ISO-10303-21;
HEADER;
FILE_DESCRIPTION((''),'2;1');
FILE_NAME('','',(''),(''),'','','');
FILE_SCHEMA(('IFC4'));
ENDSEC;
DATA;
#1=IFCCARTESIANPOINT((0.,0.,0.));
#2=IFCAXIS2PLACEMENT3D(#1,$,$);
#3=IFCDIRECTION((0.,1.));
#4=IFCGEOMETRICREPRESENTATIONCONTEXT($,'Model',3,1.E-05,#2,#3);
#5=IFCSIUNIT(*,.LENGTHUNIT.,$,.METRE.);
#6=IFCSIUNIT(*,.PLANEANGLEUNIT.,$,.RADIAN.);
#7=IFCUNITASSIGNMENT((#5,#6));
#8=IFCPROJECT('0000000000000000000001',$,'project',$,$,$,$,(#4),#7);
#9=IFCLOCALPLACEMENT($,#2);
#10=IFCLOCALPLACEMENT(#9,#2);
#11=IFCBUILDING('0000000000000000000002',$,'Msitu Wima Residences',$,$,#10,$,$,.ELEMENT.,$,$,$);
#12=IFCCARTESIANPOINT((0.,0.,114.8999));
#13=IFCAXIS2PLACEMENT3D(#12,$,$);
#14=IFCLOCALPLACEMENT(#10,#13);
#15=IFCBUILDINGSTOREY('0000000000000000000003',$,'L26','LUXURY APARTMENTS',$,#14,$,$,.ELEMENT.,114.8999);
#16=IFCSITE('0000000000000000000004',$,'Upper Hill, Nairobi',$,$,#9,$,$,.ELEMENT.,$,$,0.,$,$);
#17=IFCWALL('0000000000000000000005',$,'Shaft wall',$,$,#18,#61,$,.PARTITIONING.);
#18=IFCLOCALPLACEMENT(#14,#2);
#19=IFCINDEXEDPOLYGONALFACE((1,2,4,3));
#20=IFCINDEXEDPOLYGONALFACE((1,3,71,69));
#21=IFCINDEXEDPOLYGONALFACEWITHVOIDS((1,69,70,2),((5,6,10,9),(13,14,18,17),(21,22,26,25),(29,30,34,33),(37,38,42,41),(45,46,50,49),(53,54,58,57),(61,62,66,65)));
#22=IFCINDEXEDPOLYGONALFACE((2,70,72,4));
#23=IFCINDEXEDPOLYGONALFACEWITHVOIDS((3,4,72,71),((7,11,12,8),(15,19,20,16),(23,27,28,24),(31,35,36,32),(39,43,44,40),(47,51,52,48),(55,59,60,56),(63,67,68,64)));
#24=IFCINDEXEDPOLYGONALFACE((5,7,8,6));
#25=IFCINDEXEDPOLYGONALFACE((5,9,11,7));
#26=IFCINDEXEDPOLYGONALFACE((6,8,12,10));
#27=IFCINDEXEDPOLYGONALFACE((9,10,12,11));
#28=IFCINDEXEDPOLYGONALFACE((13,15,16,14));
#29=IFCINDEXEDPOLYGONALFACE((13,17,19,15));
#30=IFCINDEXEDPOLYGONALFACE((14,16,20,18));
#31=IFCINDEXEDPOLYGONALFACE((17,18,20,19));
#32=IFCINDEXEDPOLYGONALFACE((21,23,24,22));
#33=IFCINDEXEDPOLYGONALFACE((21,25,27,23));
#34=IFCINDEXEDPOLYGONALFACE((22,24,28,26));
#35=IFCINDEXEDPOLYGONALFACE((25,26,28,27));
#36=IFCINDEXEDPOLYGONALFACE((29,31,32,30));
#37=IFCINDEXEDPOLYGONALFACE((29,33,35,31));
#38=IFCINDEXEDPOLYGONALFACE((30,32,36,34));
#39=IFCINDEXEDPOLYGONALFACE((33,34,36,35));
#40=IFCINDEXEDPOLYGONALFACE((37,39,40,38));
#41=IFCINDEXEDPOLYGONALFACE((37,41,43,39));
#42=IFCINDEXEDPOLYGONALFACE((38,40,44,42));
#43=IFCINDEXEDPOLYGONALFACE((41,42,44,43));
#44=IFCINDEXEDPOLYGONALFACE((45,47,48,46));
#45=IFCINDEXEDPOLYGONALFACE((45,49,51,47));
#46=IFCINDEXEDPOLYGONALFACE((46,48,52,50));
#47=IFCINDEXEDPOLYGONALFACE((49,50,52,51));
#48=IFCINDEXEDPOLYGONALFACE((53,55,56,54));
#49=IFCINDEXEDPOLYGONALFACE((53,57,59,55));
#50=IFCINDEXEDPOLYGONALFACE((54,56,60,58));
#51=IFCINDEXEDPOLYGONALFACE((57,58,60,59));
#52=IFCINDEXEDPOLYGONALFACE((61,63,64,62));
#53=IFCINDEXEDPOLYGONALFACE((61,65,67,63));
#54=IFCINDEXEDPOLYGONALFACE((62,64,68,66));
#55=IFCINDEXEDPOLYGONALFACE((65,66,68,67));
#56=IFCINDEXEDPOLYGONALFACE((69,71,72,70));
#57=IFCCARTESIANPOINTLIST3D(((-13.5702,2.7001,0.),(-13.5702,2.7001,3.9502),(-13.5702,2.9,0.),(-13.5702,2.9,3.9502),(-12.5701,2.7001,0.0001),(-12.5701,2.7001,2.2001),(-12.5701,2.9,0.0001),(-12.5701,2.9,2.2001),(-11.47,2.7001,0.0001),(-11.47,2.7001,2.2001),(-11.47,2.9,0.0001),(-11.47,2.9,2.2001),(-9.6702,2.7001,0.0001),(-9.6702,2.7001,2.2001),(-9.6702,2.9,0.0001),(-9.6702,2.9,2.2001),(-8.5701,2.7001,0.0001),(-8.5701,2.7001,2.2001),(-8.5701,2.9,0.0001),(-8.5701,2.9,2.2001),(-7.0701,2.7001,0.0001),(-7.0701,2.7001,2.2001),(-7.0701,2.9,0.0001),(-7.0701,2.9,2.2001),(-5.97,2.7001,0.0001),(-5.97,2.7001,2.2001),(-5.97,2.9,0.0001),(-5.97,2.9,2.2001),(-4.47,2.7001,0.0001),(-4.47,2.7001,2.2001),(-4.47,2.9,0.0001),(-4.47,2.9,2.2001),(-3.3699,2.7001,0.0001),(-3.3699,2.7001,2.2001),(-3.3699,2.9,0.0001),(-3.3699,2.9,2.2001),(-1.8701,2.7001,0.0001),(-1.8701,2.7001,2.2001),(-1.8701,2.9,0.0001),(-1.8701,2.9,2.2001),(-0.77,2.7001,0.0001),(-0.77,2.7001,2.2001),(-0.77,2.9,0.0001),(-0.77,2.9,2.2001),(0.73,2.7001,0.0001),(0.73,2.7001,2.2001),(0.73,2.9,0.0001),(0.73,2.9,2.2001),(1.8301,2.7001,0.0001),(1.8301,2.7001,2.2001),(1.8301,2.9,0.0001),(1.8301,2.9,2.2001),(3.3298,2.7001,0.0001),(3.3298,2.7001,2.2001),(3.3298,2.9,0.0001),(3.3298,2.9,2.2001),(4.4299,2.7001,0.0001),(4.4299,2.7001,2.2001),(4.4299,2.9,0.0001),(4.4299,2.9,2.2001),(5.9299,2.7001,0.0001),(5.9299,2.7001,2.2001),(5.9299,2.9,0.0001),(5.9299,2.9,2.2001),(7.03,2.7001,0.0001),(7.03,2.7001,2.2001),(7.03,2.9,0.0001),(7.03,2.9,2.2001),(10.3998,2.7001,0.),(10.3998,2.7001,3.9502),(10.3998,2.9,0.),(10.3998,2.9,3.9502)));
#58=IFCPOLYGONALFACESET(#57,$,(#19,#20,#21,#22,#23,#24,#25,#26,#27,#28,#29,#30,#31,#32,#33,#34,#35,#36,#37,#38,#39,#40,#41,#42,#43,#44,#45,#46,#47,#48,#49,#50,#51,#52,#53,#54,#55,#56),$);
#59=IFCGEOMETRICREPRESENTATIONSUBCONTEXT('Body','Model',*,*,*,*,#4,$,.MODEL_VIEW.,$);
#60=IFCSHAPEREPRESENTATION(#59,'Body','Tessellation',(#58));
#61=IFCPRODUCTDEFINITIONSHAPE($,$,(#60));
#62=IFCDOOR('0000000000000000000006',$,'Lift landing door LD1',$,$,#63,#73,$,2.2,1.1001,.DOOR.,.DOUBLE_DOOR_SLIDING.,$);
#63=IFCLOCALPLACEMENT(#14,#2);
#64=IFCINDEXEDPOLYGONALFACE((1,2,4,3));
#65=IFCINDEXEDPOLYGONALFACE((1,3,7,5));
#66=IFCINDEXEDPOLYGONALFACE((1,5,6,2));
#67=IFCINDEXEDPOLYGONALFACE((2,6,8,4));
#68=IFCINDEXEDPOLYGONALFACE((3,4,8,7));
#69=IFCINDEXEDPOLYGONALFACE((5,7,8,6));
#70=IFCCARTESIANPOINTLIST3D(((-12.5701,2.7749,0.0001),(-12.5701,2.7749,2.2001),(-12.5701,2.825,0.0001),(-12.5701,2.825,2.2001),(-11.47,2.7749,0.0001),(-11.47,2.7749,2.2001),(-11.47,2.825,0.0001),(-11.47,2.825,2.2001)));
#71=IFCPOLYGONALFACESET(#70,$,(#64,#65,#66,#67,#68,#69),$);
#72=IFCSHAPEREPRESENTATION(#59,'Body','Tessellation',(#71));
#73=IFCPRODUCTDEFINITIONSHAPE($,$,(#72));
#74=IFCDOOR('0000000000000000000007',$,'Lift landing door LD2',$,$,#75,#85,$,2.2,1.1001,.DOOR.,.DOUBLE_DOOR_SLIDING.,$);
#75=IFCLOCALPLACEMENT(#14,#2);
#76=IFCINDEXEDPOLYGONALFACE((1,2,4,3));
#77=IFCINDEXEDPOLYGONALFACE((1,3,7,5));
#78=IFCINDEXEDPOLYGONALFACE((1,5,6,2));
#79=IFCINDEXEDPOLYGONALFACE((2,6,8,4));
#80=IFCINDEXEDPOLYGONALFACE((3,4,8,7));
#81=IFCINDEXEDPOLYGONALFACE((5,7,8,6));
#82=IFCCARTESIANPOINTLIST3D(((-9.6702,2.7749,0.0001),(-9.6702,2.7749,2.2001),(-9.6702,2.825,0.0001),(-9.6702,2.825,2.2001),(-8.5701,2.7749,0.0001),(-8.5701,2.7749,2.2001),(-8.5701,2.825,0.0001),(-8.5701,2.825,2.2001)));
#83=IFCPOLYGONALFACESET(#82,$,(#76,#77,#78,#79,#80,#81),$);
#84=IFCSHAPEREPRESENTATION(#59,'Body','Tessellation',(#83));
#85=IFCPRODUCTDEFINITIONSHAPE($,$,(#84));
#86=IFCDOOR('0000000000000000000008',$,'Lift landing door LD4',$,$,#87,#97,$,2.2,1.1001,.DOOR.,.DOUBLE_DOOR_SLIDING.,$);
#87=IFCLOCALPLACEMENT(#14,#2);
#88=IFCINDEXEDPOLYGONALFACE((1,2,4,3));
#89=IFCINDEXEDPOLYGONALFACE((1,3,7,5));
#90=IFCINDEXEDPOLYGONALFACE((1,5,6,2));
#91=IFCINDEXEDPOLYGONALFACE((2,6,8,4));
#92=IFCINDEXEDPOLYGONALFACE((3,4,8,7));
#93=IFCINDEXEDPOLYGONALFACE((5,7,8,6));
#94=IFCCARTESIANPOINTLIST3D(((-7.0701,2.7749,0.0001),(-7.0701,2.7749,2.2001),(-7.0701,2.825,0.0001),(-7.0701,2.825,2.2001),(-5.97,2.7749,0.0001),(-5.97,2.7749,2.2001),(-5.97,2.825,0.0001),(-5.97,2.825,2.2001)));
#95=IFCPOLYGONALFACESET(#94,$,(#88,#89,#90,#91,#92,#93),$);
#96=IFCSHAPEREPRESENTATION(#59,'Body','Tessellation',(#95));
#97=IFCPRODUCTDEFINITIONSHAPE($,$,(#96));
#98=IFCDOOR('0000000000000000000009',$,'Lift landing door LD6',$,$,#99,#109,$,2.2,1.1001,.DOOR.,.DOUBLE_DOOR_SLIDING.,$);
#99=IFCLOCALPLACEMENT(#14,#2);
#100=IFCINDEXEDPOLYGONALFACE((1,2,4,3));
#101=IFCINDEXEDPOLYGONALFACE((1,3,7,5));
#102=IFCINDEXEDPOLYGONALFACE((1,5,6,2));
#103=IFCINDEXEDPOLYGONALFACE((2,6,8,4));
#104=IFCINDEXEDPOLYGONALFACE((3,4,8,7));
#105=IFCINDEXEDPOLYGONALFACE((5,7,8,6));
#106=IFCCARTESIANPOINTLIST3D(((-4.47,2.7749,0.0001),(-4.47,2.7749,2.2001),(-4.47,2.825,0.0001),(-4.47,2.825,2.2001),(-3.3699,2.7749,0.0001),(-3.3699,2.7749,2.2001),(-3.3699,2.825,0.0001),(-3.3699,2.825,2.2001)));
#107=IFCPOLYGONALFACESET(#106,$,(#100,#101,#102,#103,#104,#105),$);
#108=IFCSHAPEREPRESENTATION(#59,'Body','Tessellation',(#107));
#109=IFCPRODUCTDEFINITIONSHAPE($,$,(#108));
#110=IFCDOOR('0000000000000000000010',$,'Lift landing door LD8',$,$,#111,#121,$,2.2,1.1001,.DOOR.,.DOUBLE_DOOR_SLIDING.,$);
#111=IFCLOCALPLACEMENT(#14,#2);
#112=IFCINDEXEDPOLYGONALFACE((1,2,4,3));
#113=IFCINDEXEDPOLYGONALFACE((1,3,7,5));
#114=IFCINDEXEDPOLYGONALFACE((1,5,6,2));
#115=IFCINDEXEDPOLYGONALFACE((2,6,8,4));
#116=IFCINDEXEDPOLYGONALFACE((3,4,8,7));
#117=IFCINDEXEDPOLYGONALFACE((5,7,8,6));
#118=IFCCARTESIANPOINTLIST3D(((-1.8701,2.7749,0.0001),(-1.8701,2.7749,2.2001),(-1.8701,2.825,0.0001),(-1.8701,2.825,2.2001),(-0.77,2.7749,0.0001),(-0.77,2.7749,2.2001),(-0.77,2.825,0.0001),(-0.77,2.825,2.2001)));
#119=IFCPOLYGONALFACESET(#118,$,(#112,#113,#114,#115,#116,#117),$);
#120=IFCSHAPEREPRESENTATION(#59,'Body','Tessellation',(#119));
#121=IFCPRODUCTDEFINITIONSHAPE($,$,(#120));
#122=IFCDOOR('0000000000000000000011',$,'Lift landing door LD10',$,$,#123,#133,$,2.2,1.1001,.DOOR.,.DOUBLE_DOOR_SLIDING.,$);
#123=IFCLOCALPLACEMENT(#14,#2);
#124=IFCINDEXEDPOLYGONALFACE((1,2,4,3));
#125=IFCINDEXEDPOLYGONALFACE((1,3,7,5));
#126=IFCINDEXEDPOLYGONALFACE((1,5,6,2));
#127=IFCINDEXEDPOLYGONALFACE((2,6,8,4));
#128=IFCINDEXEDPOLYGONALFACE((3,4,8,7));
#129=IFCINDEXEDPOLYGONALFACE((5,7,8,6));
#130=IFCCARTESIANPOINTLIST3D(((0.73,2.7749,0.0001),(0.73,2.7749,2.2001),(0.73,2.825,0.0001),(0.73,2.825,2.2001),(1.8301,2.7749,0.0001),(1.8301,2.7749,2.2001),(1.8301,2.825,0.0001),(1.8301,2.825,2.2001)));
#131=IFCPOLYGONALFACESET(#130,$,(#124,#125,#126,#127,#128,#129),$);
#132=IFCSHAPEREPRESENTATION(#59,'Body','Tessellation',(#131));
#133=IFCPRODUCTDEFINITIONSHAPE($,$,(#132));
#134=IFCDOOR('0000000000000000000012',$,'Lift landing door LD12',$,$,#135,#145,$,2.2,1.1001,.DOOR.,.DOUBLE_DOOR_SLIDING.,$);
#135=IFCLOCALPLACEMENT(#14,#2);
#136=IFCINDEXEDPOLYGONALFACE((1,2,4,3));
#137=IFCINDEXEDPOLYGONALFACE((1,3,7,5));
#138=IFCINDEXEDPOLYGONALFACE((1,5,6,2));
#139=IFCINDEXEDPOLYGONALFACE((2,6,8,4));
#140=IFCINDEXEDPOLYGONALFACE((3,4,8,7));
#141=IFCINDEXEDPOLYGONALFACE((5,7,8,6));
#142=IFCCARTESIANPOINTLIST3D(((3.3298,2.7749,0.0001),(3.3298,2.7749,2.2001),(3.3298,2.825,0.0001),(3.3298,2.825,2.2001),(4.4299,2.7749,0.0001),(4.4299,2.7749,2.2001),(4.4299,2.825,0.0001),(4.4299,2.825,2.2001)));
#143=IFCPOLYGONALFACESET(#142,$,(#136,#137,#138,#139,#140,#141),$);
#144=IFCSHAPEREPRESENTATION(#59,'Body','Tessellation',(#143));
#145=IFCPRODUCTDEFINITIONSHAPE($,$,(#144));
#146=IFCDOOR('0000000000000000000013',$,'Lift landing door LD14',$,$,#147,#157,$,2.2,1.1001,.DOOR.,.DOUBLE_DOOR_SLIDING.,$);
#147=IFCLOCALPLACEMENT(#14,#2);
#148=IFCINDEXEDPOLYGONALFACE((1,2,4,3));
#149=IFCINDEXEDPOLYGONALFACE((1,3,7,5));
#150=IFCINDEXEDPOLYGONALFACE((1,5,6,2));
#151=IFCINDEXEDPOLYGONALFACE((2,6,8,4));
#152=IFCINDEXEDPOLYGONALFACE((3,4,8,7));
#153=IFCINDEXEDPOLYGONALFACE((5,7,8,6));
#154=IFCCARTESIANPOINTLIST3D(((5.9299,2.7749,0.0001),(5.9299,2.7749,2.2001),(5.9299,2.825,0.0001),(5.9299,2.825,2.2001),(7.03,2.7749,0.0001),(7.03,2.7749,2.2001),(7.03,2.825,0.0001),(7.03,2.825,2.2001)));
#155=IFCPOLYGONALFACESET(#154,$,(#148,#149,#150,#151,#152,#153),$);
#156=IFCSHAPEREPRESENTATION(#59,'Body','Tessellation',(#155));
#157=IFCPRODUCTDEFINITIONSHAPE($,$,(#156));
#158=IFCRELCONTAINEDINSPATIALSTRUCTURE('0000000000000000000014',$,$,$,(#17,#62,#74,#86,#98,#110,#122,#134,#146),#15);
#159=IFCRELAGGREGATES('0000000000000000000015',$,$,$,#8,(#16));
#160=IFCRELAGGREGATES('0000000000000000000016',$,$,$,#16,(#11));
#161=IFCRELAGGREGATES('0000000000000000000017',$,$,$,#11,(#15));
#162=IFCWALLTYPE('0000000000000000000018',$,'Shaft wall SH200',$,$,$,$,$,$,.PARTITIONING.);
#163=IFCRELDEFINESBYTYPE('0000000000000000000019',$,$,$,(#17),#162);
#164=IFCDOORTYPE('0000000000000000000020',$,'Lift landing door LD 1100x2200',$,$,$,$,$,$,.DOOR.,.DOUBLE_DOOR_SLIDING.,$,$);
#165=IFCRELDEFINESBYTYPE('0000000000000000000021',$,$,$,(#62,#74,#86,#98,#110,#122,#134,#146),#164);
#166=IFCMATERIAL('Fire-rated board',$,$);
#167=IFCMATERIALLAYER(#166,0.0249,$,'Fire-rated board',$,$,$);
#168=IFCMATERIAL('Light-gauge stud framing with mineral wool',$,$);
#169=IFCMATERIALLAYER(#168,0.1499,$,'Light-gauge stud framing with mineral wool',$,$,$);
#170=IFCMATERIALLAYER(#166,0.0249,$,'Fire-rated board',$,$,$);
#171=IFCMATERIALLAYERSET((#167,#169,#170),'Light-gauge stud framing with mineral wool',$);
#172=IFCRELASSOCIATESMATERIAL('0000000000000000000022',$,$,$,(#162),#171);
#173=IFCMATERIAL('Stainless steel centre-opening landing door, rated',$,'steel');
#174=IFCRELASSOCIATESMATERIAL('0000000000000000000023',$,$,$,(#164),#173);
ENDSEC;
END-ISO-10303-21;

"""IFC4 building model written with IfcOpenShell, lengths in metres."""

from ifc_helpers import new_model, si_unit, direction, frame, frame_2d, origin, place, context, subcontext, project, spatial, rectangle, extrude, material, layer, layer_set, type_object, element, fill, save


model = new_model("IFC4")

# Units and contexts
model_context = context("Model", 3, precision=1e-05, world=origin(), true_north=direction((0.0, 1.0)))
body_context = subcontext(model_context, "Body", "Model", "MODEL_VIEW")
ifc_project = project(units=[si_unit("LENGTHUNIT", "METRE"), si_unit("PLANEANGLEUNIT", "RADIAN")], contexts=[model_context])

# Site, building, storey
site_placement = place(None, origin())
site = spatial("IfcSite", under=ifc_project, at=site_placement, Name="Upper Hill, Nairobi", CompositionType="ELEMENT", RefElevation=0.0)
building_placement = place(site_placement, origin())
building = spatial("IfcBuilding", under=site, at=building_placement, Name="Msitu Wima Residences", CompositionType="ELEMENT")
storey_placement = place(building_placement, frame((0.0, 0.0, 114.8999)))
storey = spatial("IfcBuildingStorey", under=building, at=storey_placement, Name="L26", Description="LUXURY APARTMENTS", CompositionType="ELEMENT", Elevation=114.8999)

# Wall, openings, doors
ifc_material_1 = material(Name="Fire-rated board")
ifc_layer_1 = layer(ifc_material_1, 0.0249, Name="Fire-rated board")
ifc_material_2 = material(Name="Light-gauge stud framing with mineral wool")
ifc_layer_2 = layer(ifc_material_2, 0.1499, Name="Light-gauge stud framing with mineral wool")
ifc_layer_3 = layer(ifc_material_1, 0.0249, Name="Fire-rated board")
ifc_layer_set_1 = layer_set([ifc_layer_1, ifc_layer_2, ifc_layer_3], Name="Light-gauge stud framing with mineral wool")
wall_type_1 = type_object("IfcWallType", Name="Shaft wall SH200", PredefinedType="PARTITIONING", material=ifc_layer_set_1)
wall_1_placement = place(storey_placement, frame((-13.5701, 2.8, 0.0), z_axis=(0.0, 0.0, 1.0), x_axis=(1.0, 0.0, 0.0)))
wall_1 = element("IfcWall", 1, at=wall_1_placement, inside=storey, type_object=wall_type_1, Name="Shaft wall", PredefinedType="PARTITIONING", context=body_context, shape_type="SweptSolid", body=[
    extrude(rectangle(XDim=23.97, YDim=0.2, at=frame_2d((11.9849, 0.0))), origin(), (0.0, 0.0, 1.0), 3.9502),
])
opening_1_placement = place(wall_1_placement, frame((1.0, 0.0, 0.0)))
opening_1 = element("IfcOpeningElement", 2, at=opening_1_placement, cuts=wall_1, PredefinedType="OPENING", context=body_context, shape_type="SweptSolid", body=[
    extrude(rectangle(XDim=1.1001, YDim=2.2, at=frame_2d((0.55, 1.1001))), frame((0.0, 0.1099, 0.0), z_axis=(0.0, -1.0, 0.0), x_axis=(1.0, 0.0, 0.0)), (0.0, 0.0, 1.0), 0.22),
])
opening_2_placement = place(wall_1_placement, frame((3.8999, 0.0, 0.0)))
opening_2 = element("IfcOpeningElement", 3, at=opening_2_placement, cuts=wall_1, PredefinedType="OPENING", context=body_context, shape_type="SweptSolid", body=[
    extrude(rectangle(XDim=1.1001, YDim=2.2, at=frame_2d((0.55, 1.1001))), frame((0.0, 0.1099, 0.0), z_axis=(0.0, -1.0, 0.0), x_axis=(1.0, 0.0, 0.0)), (0.0, 0.0, 1.0), 0.22),
])
opening_3_placement = place(wall_1_placement, frame((6.5, 0.0, 0.0)))
opening_3 = element("IfcOpeningElement", 4, at=opening_3_placement, cuts=wall_1, PredefinedType="OPENING", context=body_context, shape_type="SweptSolid", body=[
    extrude(rectangle(XDim=1.1001, YDim=2.2, at=frame_2d((0.55, 1.1001))), frame((0.0, 0.1099, 0.0), z_axis=(0.0, -1.0, 0.0), x_axis=(1.0, 0.0, 0.0)), (0.0, 0.0, 1.0), 0.22),
])
opening_4_placement = place(wall_1_placement, frame((9.1001, 0.0, 0.0)))
opening_4 = element("IfcOpeningElement", 5, at=opening_4_placement, cuts=wall_1, PredefinedType="OPENING", context=body_context, shape_type="SweptSolid", body=[
    extrude(rectangle(XDim=1.1001, YDim=2.2, at=frame_2d((0.55, 1.1001))), frame((0.0, 0.1099, 0.0), z_axis=(0.0, -1.0, 0.0), x_axis=(1.0, 0.0, 0.0)), (0.0, 0.0, 1.0), 0.22),
])
opening_5_placement = place(wall_1_placement, frame((11.7, 0.0, 0.0)))
opening_5 = element("IfcOpeningElement", 6, at=opening_5_placement, cuts=wall_1, PredefinedType="OPENING", context=body_context, shape_type="SweptSolid", body=[
    extrude(rectangle(XDim=1.1001, YDim=2.2, at=frame_2d((0.55, 1.1001))), frame((0.0, 0.1099, 0.0), z_axis=(0.0, -1.0, 0.0), x_axis=(1.0, 0.0, 0.0)), (0.0, 0.0, 1.0), 0.22),
])
opening_6_placement = place(wall_1_placement, frame((14.3, 0.0, 0.0)))
opening_6 = element("IfcOpeningElement", 7, at=opening_6_placement, cuts=wall_1, PredefinedType="OPENING", context=body_context, shape_type="SweptSolid", body=[
    extrude(rectangle(XDim=1.1001, YDim=2.2, at=frame_2d((0.55, 1.1001))), frame((0.0, 0.1099, 0.0), z_axis=(0.0, -1.0, 0.0), x_axis=(1.0, 0.0, 0.0)), (0.0, 0.0, 1.0), 0.22),
])
opening_7_placement = place(wall_1_placement, frame((16.8999, 0.0, 0.0)))
opening_7 = element("IfcOpeningElement", 8, at=opening_7_placement, cuts=wall_1, PredefinedType="OPENING", context=body_context, shape_type="SweptSolid", body=[
    extrude(rectangle(XDim=1.1001, YDim=2.2, at=frame_2d((0.55, 1.1001))), frame((0.0, 0.1099, 0.0), z_axis=(0.0, -1.0, 0.0), x_axis=(1.0, 0.0, 0.0)), (0.0, 0.0, 1.0), 0.22),
])
opening_8_placement = place(wall_1_placement, frame((19.5, 0.0, 0.0)))
opening_8 = element("IfcOpeningElement", 9, at=opening_8_placement, cuts=wall_1, PredefinedType="OPENING", context=body_context, shape_type="SweptSolid", body=[
    extrude(rectangle(XDim=1.1001, YDim=2.2, at=frame_2d((0.55, 1.1001))), frame((0.0, 0.1099, 0.0), z_axis=(0.0, -1.0, 0.0), x_axis=(1.0, 0.0, 0.0)), (0.0, 0.0, 1.0), 0.22),
])
ifc_material_3 = material(Name="Stainless steel centre-opening landing door, rated", Category="steel")
door_type_1 = type_object("IfcDoorType", Name="Lift landing door LD 1100x2200", OperationType="DOUBLE_DOOR_SLIDING", PredefinedType="DOOR", material=ifc_material_3)
door_1_placement = place(opening_1_placement, origin())
door_1 = element("IfcDoor", 10, at=door_1_placement, inside=storey, type_object=door_type_1, Name="Lift landing door LD1", OperationType="DOUBLE_DOOR_SLIDING", OverallHeight=2.2, OverallWidth=1.1001, PredefinedType="DOOR", context=body_context, shape_type="SweptSolid", body=[
    extrude(rectangle(XDim=1.1001, YDim=2.2, at=frame_2d((0.55, 1.1001))), frame((0.0, 0.0249, 0.0), z_axis=(0.0, -1.0, 0.0), x_axis=(1.0, 0.0, 0.0)), (0.0, 0.0, 1.0), 0.05),
])
fill(opening_1, door_1)
door_2_placement = place(opening_2_placement, origin())
door_2 = element("IfcDoor", 11, at=door_2_placement, inside=storey, type_object=door_type_1, Name="Lift landing door LD2", OperationType="DOUBLE_DOOR_SLIDING", OverallHeight=2.2, OverallWidth=1.1001, PredefinedType="DOOR", context=body_context, shape_type="SweptSolid", body=[
    extrude(rectangle(XDim=1.1001, YDim=2.2, at=frame_2d((0.55, 1.1001))), frame((0.0, 0.0249, 0.0), z_axis=(0.0, -1.0, 0.0), x_axis=(1.0, 0.0, 0.0)), (0.0, 0.0, 1.0), 0.05),
])
fill(opening_2, door_2)
door_3_placement = place(opening_3_placement, origin())
door_3 = element("IfcDoor", 12, at=door_3_placement, inside=storey, type_object=door_type_1, Name="Lift landing door LD4", OperationType="DOUBLE_DOOR_SLIDING", OverallHeight=2.2, OverallWidth=1.1001, PredefinedType="DOOR", context=body_context, shape_type="SweptSolid", body=[
    extrude(rectangle(XDim=1.1001, YDim=2.2, at=frame_2d((0.55, 1.1001))), frame((0.0, 0.0249, 0.0), z_axis=(0.0, -1.0, 0.0), x_axis=(1.0, 0.0, 0.0)), (0.0, 0.0, 1.0), 0.05),
])
fill(opening_3, door_3)
door_4_placement = place(opening_4_placement, origin())
door_4 = element("IfcDoor", 13, at=door_4_placement, inside=storey, type_object=door_type_1, Name="Lift landing door LD6", OperationType="DOUBLE_DOOR_SLIDING", OverallHeight=2.2, OverallWidth=1.1001, PredefinedType="DOOR", context=body_context, shape_type="SweptSolid", body=[
    extrude(rectangle(XDim=1.1001, YDim=2.2, at=frame_2d((0.55, 1.1001))), frame((0.0, 0.0249, 0.0), z_axis=(0.0, -1.0, 0.0), x_axis=(1.0, 0.0, 0.0)), (0.0, 0.0, 1.0), 0.05),
])
fill(opening_4, door_4)
door_5_placement = place(opening_5_placement, origin())
door_5 = element("IfcDoor", 14, at=door_5_placement, inside=storey, type_object=door_type_1, Name="Lift landing door LD8", OperationType="DOUBLE_DOOR_SLIDING", OverallHeight=2.2, OverallWidth=1.1001, PredefinedType="DOOR", context=body_context, shape_type="SweptSolid", body=[
    extrude(rectangle(XDim=1.1001, YDim=2.2, at=frame_2d((0.55, 1.1001))), frame((0.0, 0.0249, 0.0), z_axis=(0.0, -1.0, 0.0), x_axis=(1.0, 0.0, 0.0)), (0.0, 0.0, 1.0), 0.05),
])
fill(opening_5, door_5)
door_6_placement = place(opening_6_placement, origin())
door_6 = element("IfcDoor", 15, at=door_6_placement, inside=storey, type_object=door_type_1, Name="Lift landing door LD10", OperationType="DOUBLE_DOOR_SLIDING", OverallHeight=2.2, OverallWidth=1.1001, PredefinedType="DOOR", context=body_context, shape_type="SweptSolid", body=[
    extrude(rectangle(XDim=1.1001, YDim=2.2, at=frame_2d((0.55, 1.1001))), frame((0.0, 0.0249, 0.0), z_axis=(0.0, -1.0, 0.0), x_axis=(1.0, 0.0, 0.0)), (0.0, 0.0, 1.0), 0.05),
])
fill(opening_6, door_6)
door_7_placement = place(opening_7_placement, origin())
door_7 = element("IfcDoor", 16, at=door_7_placement, inside=storey, type_object=door_type_1, Name="Lift landing door LD12", OperationType="DOUBLE_DOOR_SLIDING", OverallHeight=2.2, OverallWidth=1.1001, PredefinedType="DOOR", context=body_context, shape_type="SweptSolid", body=[
    extrude(rectangle(XDim=1.1001, YDim=2.2, at=frame_2d((0.55, 1.1001))), frame((0.0, 0.0249, 0.0), z_axis=(0.0, -1.0, 0.0), x_axis=(1.0, 0.0, 0.0)), (0.0, 0.0, 1.0), 0.05),
])
fill(opening_7, door_7)
door_8_placement = place(opening_8_placement, origin())
door_8 = element("IfcDoor", 17, at=door_8_placement, inside=storey, type_object=door_type_1, Name="Lift landing door LD14", OperationType="DOUBLE_DOOR_SLIDING", OverallHeight=2.2, OverallWidth=1.1001, PredefinedType="DOOR", context=body_context, shape_type="SweptSolid", body=[
    extrude(rectangle(XDim=1.1001, YDim=2.2, at=frame_2d((0.55, 1.1001))), frame((0.0, 0.0249, 0.0), z_axis=(0.0, -1.0, 0.0), x_axis=(1.0, 0.0, 0.0)), (0.0, 0.0, 1.0), 0.05),
])
fill(opening_8, door_8)

save(model, "model.ifc")
